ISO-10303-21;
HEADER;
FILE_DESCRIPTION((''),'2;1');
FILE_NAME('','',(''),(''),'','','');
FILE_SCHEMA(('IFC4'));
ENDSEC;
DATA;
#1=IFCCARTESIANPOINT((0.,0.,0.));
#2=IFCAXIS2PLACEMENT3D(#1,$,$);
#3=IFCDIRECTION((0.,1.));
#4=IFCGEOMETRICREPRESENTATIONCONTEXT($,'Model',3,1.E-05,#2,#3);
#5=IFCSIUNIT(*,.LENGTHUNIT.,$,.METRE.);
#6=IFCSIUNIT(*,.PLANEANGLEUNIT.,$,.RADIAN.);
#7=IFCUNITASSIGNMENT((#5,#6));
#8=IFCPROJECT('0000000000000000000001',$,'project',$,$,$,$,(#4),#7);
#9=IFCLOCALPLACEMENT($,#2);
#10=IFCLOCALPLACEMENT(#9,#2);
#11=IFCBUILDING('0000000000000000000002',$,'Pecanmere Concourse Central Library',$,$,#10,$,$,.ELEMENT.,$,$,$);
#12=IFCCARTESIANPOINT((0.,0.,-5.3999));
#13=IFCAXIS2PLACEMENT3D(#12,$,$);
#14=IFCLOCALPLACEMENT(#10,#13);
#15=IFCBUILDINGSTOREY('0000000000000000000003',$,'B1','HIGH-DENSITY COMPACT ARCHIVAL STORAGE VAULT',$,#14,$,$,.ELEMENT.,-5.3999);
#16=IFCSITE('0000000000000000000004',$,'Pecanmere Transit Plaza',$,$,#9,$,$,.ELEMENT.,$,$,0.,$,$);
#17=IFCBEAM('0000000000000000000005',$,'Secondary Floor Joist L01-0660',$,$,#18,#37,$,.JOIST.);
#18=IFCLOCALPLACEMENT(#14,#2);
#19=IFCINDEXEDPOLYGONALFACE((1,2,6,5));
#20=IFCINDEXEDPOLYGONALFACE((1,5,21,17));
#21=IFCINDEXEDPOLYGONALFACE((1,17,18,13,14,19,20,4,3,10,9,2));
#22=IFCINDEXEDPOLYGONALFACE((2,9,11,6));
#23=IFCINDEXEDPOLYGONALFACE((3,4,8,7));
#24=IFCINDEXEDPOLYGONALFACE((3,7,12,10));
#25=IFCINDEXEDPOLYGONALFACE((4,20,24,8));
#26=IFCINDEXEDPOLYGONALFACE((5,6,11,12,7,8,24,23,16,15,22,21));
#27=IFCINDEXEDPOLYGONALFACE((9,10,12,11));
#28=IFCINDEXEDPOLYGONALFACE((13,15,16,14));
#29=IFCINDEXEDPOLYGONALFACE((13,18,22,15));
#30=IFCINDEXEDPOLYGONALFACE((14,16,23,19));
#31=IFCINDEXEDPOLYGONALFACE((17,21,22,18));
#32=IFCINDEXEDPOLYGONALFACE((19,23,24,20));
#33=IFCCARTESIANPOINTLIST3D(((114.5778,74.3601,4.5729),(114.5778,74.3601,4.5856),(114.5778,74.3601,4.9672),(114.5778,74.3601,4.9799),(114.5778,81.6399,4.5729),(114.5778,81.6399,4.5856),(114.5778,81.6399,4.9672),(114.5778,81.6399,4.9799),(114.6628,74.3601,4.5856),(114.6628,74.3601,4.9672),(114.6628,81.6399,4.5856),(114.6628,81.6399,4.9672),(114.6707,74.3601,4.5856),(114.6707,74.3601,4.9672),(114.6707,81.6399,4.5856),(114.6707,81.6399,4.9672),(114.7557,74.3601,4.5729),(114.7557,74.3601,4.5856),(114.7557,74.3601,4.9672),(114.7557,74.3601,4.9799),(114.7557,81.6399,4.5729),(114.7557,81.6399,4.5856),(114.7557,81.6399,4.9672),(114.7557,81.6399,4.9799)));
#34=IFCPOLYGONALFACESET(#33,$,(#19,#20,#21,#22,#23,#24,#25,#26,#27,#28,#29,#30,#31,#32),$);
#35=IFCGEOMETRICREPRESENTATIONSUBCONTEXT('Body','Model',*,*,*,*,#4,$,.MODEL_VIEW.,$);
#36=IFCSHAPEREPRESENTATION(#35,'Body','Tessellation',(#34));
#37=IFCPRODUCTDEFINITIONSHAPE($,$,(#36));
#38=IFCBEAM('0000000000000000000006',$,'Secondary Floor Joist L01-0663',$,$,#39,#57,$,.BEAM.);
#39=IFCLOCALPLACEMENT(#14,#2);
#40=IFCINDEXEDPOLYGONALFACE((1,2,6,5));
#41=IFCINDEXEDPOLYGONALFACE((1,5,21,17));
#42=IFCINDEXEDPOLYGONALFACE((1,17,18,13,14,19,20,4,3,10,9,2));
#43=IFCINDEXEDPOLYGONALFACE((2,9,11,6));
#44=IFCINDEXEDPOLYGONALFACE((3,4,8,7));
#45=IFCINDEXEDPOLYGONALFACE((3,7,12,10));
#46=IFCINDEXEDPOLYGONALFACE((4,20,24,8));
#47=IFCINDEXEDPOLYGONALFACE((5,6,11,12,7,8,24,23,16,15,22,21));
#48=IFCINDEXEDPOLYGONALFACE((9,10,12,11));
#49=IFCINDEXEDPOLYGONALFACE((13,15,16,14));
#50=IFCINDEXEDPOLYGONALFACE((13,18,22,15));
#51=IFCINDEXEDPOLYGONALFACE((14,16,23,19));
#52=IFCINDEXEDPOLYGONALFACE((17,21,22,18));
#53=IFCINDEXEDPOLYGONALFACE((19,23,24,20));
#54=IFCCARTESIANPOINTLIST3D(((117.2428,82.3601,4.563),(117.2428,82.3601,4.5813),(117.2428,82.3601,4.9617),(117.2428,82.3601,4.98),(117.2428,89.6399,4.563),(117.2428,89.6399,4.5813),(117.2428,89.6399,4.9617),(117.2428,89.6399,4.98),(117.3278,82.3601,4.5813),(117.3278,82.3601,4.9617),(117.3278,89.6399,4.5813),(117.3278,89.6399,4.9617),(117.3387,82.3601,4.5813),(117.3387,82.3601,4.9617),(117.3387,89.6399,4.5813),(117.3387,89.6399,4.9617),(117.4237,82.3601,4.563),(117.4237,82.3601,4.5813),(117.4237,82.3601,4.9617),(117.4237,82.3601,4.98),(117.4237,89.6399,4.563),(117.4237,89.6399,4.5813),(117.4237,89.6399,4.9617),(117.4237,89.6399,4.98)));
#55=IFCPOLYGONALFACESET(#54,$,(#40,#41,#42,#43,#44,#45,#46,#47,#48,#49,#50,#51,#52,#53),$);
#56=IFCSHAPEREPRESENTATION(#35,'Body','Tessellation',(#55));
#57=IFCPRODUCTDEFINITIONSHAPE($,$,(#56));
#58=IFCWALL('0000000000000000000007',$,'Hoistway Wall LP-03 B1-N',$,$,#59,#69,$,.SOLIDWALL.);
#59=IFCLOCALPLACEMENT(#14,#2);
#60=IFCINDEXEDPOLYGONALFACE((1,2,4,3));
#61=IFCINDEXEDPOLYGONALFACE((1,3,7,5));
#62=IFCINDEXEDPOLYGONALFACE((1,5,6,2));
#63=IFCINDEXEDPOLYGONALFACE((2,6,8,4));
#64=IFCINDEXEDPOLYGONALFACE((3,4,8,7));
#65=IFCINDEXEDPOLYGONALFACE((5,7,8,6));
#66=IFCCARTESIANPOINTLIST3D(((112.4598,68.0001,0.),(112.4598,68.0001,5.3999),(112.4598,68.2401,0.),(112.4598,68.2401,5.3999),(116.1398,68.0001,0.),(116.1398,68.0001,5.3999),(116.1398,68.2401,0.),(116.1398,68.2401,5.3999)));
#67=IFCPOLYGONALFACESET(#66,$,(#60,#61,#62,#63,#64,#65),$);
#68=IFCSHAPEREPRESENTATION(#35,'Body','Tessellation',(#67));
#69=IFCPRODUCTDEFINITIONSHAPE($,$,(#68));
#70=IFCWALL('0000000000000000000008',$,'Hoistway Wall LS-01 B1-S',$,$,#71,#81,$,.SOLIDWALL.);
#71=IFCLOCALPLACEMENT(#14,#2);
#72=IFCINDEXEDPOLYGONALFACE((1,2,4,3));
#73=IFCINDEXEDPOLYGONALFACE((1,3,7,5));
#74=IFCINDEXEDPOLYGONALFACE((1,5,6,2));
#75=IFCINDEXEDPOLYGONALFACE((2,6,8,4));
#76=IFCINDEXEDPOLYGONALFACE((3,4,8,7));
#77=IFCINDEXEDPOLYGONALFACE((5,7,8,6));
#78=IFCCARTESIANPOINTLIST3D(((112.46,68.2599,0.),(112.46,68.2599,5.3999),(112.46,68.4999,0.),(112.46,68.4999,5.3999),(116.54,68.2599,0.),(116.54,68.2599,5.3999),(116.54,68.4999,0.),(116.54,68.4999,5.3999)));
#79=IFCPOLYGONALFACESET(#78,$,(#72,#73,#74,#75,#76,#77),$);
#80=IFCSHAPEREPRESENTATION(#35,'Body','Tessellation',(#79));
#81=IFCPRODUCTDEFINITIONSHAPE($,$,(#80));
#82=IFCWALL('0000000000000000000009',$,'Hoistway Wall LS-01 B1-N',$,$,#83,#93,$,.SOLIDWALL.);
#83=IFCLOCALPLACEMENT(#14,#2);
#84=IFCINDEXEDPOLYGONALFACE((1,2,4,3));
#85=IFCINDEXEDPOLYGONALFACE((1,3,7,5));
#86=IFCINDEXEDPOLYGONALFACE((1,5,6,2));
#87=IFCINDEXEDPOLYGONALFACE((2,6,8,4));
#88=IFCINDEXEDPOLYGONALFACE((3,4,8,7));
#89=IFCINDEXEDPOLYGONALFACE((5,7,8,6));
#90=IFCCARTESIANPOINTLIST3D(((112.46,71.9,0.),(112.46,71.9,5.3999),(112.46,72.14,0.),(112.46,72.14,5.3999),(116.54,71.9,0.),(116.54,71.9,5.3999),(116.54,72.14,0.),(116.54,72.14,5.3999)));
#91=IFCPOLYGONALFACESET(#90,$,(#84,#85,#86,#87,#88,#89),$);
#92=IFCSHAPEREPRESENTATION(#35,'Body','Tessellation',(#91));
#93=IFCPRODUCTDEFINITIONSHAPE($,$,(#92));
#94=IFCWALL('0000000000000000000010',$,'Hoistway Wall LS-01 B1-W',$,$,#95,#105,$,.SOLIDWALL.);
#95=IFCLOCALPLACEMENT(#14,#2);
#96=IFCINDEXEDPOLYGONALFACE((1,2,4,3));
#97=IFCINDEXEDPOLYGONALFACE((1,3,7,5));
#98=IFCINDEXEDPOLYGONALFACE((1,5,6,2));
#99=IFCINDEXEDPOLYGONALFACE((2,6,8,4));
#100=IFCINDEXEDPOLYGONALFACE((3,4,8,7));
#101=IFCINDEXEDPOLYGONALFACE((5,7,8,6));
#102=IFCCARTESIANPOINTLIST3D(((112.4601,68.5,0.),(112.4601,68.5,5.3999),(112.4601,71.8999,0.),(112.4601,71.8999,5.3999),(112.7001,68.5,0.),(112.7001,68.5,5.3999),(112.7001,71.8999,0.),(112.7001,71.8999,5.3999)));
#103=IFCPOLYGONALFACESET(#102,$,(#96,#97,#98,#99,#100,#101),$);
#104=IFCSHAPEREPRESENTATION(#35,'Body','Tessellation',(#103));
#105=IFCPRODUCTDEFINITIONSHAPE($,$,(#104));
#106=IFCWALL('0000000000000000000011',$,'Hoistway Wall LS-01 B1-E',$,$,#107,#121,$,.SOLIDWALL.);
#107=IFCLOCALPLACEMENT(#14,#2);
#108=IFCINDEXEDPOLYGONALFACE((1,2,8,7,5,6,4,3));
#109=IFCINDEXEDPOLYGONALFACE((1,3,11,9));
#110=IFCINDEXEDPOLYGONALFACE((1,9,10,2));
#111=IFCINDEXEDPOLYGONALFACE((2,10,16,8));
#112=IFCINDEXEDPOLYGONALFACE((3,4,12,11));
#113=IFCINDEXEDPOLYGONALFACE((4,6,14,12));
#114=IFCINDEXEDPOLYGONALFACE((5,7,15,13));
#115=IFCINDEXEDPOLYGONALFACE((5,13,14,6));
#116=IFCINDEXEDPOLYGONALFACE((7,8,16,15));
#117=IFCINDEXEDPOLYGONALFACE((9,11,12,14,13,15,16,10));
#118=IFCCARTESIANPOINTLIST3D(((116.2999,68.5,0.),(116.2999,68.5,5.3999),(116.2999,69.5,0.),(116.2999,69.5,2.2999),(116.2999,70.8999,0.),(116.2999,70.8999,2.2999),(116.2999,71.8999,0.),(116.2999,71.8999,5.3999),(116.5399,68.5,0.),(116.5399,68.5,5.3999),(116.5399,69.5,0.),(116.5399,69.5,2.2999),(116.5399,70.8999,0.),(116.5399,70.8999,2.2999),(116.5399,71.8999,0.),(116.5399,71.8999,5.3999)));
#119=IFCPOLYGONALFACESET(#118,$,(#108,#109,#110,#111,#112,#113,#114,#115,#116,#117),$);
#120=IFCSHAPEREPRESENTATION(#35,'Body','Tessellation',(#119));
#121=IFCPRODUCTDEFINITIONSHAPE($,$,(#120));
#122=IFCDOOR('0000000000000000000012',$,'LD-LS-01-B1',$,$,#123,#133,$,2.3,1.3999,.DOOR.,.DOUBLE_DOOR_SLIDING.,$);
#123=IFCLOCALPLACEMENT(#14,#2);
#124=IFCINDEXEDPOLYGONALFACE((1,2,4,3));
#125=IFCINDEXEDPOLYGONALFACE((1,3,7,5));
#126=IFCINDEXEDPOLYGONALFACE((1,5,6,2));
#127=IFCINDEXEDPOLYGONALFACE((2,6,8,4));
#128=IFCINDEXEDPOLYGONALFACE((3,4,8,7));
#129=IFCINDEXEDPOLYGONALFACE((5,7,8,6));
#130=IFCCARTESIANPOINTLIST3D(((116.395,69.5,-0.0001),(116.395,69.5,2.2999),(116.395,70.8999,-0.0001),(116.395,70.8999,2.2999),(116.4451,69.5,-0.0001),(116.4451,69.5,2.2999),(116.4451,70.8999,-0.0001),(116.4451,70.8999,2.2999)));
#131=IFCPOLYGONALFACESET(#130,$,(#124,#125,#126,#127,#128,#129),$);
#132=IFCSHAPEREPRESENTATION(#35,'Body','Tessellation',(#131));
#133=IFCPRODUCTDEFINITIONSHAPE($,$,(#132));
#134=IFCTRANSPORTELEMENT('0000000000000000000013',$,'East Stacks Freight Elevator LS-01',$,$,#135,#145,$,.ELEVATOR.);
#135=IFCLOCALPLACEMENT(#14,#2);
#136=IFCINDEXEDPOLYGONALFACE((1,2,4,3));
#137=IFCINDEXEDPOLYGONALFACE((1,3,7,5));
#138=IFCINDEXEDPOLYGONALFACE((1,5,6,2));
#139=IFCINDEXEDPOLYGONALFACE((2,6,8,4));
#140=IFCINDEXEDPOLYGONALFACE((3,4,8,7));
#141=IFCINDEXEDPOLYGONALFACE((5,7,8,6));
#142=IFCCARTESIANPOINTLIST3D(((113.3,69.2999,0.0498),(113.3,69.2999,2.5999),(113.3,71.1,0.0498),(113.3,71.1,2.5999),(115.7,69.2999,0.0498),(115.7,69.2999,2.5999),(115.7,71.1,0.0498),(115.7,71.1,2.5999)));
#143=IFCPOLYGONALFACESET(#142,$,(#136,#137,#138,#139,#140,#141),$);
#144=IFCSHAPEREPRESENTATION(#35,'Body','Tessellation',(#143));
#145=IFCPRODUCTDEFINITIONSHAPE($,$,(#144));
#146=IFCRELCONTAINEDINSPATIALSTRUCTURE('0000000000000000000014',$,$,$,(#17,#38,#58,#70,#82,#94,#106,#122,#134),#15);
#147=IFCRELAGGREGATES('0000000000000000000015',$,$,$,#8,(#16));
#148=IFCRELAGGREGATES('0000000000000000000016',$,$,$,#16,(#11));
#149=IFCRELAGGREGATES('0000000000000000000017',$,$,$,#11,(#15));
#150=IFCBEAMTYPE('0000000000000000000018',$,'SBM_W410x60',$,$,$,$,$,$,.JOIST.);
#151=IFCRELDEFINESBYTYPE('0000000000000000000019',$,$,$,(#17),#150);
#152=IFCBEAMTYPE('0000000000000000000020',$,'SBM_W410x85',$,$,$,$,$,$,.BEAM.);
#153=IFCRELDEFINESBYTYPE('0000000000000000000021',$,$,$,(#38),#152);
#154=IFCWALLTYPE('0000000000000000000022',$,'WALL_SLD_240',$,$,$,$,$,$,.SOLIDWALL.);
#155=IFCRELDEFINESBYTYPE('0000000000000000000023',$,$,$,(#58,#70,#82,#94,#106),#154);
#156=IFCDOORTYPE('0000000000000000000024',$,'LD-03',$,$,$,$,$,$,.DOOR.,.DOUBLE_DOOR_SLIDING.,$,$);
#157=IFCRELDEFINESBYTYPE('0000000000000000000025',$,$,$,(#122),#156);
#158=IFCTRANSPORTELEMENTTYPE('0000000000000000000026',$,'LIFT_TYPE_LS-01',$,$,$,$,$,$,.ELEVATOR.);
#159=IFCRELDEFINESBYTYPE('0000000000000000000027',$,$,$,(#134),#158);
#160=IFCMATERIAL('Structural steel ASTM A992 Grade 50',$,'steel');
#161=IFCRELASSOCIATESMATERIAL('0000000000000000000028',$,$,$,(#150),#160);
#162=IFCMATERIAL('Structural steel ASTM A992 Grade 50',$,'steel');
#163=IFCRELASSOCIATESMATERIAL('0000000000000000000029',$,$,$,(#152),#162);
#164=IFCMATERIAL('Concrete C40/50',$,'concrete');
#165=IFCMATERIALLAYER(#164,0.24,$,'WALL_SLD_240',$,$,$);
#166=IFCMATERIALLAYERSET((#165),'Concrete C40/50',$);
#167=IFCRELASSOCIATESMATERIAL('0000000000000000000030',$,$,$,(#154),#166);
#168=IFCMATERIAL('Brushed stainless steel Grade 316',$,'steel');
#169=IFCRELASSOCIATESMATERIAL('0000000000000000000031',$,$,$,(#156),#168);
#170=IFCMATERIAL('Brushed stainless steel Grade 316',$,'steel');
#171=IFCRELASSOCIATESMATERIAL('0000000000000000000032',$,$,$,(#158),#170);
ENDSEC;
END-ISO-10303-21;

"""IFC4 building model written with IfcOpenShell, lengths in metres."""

from ifc_helpers import new_model, si_unit, direction, frame, frame_2d, origin, origin_2d, place, context, subcontext, project, spatial, rectangle, i_section, extrude, material, layer, layer_set, material_profile, profile_set, type_object, element, fill, save


model = new_model("IFC4")

# Units and contexts
model_context = context("Model", 3, precision=1e-05, world=origin(), true_north=direction((0.0, 1.0)))
body_context = subcontext(model_context, "Body", "Model", "MODEL_VIEW")
ifc_project = project(units=[si_unit("LENGTHUNIT", "METRE"), si_unit("PLANEANGLEUNIT", "RADIAN")], contexts=[model_context])

# Site, building, storey
site_placement = place(None, origin())
site = spatial("IfcSite", under=ifc_project, at=site_placement, Name="Pecanmere Transit Plaza", CompositionType="ELEMENT", RefElevation=0.0)
building_placement = place(site_placement, origin())
building = spatial("IfcBuilding", under=site, at=building_placement, Name="Pecanmere Concourse Central Library", CompositionType="ELEMENT")
storey_placement = place(building_placement, frame((0.0, 0.0, -5.3999)))
storey = spatial("IfcBuildingStorey", under=building, at=storey_placement, Name="B1", Description="HIGH-DENSITY COMPACT ARCHIVAL STORAGE VAULT", CompositionType="ELEMENT", Elevation=-5.3999)

# Beams
ifc_material_1 = material(Name="Structural steel ASTM A992 Grade 50", Category="steel")
ifc_material_profile_1 = material_profile(ifc_material_1, i_section(OverallWidth=0.178, OverallDepth=0.407, WebThickness=0.0078, FlangeThickness=0.0127, at=origin_2d()), Name="W410x60")
ifc_profile_set_1 = profile_set([ifc_material_profile_1], Name="Structural steel ASTM A992 Grade 50")
beam_type_1 = type_object("IfcBeamType", Name="SBM_W410x60", PredefinedType="JOIST", material=ifc_profile_set_1)
beam_1_placement = place(storey_placement, frame((114.6667, 74.3601, 4.7764), z_axis=(0.0, 1.0, 0.0), x_axis=(-1.0, 0.0, 0.0)))
element("IfcBeam", 1, at=beam_1_placement, inside=storey, type_object=beam_type_1, Name="Secondary Floor Joist L01-0660", PredefinedType="JOIST", context=body_context, shape_type="SweptSolid", body=[
    extrude(i_section(OverallWidth=0.178, OverallDepth=0.407, WebThickness=0.0078, FlangeThickness=0.0127, at=origin_2d()), origin(), (0.0, 0.0, 1.0), 7.2798),
])
ifc_material_2 = material(Name="Structural steel ASTM A992 Grade 50", Category="steel")
ifc_material_profile_2 = material_profile(ifc_material_2, i_section(OverallWidth=0.1809, OverallDepth=0.417, WebThickness=0.011, FlangeThickness=0.0183, at=origin_2d()), Name="W410x85")
ifc_profile_set_2 = profile_set([ifc_material_profile_2], Name="Structural steel ASTM A992 Grade 50")
beam_type_2 = type_object("IfcBeamType", Name="SBM_W410x85", PredefinedType="BEAM", material=ifc_profile_set_2)
beam_2_placement = place(storey_placement, frame((117.3333, 82.3601, 4.7715), z_axis=(0.0, 1.0, 0.0), x_axis=(-1.0, 0.0, 0.0)))
element("IfcBeam", 2, at=beam_2_placement, inside=storey, type_object=beam_type_2, Name="Secondary Floor Joist L01-0663", PredefinedType="BEAM", context=body_context, shape_type="SweptSolid", body=[
    extrude(i_section(OverallWidth=0.1809, OverallDepth=0.417, WebThickness=0.011, FlangeThickness=0.0183, at=origin_2d()), origin(), (0.0, 0.0, 1.0), 7.2798),
])

# Walls
ifc_material_3 = material(Name="Concrete C40/50", Category="concrete")
ifc_layer = layer(ifc_material_3, 0.24, Name="WALL_SLD_240")
ifc_layer_set = layer_set([ifc_layer], Name="Concrete C40/50")
wall_type = type_object("IfcWallType", Name="WALL_SLD_240", PredefinedType="SOLIDWALL", material=ifc_layer_set)
wall_1_placement = place(storey_placement, frame((112.46, 68.1201, 0.0), z_axis=(0.0, 0.0, 1.0), x_axis=(1.0, 0.0, 0.0)))
element("IfcWall", 3, at=wall_1_placement, inside=storey, type_object=wall_type, Name="Hoistway Wall LP-03 B1-N", PredefinedType="SOLIDWALL", context=body_context, shape_type="SweptSolid", body=[
    extrude(rectangle(XDim=3.6799, YDim=0.24, at=frame_2d((1.8398, 0.0))), origin(), (0.0, 0.0, 1.0), 5.3999),
])
for number, where, z_axis, x_axis, name in (
    (4, (112.46, 68.3799, 0.0), (0.0, 0.0, 1.0), (1.0, 0.0, 0.0), "Hoistway Wall LS-01 B1-S"),
    (5, (112.46, 72.02, 0.0), (0.0, 0.0, 1.0), (1.0, 0.0, 0.0), "Hoistway Wall LS-01 B1-N"),
):
    element("IfcWall", number, at=place(storey_placement, frame(where, z_axis=z_axis, x_axis=x_axis)), inside=storey, type_object=wall_type, Name=name, PredefinedType="SOLIDWALL", context=body_context, shape_type="SweptSolid", body=[
        extrude(rectangle(XDim=4.0801, YDim=0.24, at=frame_2d((2.04, 0.0))), origin(), (0.0, 0.0, 1.0), 5.3999),
    ])
wall_2_placement = place(storey_placement, frame((112.5801, 68.5, 0.0), z_axis=(0.0, 0.0, 1.0), x_axis=(0.0, 1.0, 0.0)))
element("IfcWall", 6, at=wall_2_placement, inside=storey, type_object=wall_type, Name="Hoistway Wall LS-01 B1-W", PredefinedType="SOLIDWALL", context=body_context, shape_type="SweptSolid", body=[
    extrude(rectangle(XDim=3.3999, YDim=0.24, at=frame_2d((1.7, 0.0))), origin(), (0.0, 0.0, 1.0), 5.3999),
])

# Wall, opening, door
wall_3_placement = place(storey_placement, frame((116.4199, 68.5, 0.0), z_axis=(0.0, 0.0, 1.0), x_axis=(0.0, 1.0, 0.0)))
wall_3 = element("IfcWall", 7, at=wall_3_placement, inside=storey, type_object=wall_type, Name="Hoistway Wall LS-01 B1-E", PredefinedType="SOLIDWALL", context=body_context, shape_type="SweptSolid", body=[
    extrude(rectangle(XDim=3.3999, YDim=0.24, at=frame_2d((1.7, 0.0))), origin(), (0.0, 0.0, 1.0), 5.3999),
])
opening_placement = place(wall_3_placement, frame((1.0, 0.0, 0.0)))
opening = element("IfcOpeningElement", 8, at=opening_placement, cuts=wall_3, PredefinedType="OPENING", context=body_context, shape_type="SweptSolid", body=[
    extrude(rectangle(XDim=1.3999, YDim=2.3, at=frame_2d((0.7, 1.1499))), frame((0.0, 0.1318, 0.0), z_axis=(0.0, -1.0, 0.0), x_axis=(1.0, 0.0, 0.0)), (0.0, 0.0, 1.0), 0.2639),
])
ifc_material_4 = material(Name="Brushed stainless steel Grade 316", Category="steel")
door_type = type_object("IfcDoorType", Name="LD-03", OperationType="DOUBLE_DOOR_SLIDING", PredefinedType="DOOR", material=ifc_material_4)
door_placement = place(opening_placement, origin())
door = element("IfcDoor", 9, at=door_placement, inside=storey, type_object=door_type, Name="LD-LS-01-B1", OperationType="DOUBLE_DOOR_SLIDING", OverallHeight=2.3, OverallWidth=1.3999, PredefinedType="DOOR", context=body_context, shape_type="SweptSolid", body=[
    extrude(rectangle(XDim=1.3999, YDim=2.3, at=frame_2d((0.7, 1.1499))), frame((0.0, 0.0249, 0.0), z_axis=(0.0, -1.0, 0.0), x_axis=(1.0, 0.0, 0.0)), (0.0, 0.0, 1.0), 0.05),
])
fill(opening, door)

# Transport element
ifc_material_5 = material(Name="Brushed stainless steel Grade 316", Category="steel")
transport_element_type = type_object("IfcTransportElementType", Name="LIFT_TYPE_LS-01", PredefinedType="ELEVATOR", material=ifc_material_5)
transport_element_placement = place(storey_placement, frame((114.5, 70.2, 0.0498), z_axis=(0.0, 0.0, 1.0), x_axis=(1.0, 0.0, 0.0)))
element("IfcTransportElement", 10, at=transport_element_placement, inside=storey, type_object=transport_element_type, Name="East Stacks Freight Elevator LS-01", PredefinedType="ELEVATOR", context=body_context, shape_type="SweptSolid", body=[
    extrude(rectangle(XDim=2.3999, YDim=1.8, at=origin_2d()), origin(), (0.0, 0.0, 1.0), 2.55),
])

save(model, "model.ifc")
